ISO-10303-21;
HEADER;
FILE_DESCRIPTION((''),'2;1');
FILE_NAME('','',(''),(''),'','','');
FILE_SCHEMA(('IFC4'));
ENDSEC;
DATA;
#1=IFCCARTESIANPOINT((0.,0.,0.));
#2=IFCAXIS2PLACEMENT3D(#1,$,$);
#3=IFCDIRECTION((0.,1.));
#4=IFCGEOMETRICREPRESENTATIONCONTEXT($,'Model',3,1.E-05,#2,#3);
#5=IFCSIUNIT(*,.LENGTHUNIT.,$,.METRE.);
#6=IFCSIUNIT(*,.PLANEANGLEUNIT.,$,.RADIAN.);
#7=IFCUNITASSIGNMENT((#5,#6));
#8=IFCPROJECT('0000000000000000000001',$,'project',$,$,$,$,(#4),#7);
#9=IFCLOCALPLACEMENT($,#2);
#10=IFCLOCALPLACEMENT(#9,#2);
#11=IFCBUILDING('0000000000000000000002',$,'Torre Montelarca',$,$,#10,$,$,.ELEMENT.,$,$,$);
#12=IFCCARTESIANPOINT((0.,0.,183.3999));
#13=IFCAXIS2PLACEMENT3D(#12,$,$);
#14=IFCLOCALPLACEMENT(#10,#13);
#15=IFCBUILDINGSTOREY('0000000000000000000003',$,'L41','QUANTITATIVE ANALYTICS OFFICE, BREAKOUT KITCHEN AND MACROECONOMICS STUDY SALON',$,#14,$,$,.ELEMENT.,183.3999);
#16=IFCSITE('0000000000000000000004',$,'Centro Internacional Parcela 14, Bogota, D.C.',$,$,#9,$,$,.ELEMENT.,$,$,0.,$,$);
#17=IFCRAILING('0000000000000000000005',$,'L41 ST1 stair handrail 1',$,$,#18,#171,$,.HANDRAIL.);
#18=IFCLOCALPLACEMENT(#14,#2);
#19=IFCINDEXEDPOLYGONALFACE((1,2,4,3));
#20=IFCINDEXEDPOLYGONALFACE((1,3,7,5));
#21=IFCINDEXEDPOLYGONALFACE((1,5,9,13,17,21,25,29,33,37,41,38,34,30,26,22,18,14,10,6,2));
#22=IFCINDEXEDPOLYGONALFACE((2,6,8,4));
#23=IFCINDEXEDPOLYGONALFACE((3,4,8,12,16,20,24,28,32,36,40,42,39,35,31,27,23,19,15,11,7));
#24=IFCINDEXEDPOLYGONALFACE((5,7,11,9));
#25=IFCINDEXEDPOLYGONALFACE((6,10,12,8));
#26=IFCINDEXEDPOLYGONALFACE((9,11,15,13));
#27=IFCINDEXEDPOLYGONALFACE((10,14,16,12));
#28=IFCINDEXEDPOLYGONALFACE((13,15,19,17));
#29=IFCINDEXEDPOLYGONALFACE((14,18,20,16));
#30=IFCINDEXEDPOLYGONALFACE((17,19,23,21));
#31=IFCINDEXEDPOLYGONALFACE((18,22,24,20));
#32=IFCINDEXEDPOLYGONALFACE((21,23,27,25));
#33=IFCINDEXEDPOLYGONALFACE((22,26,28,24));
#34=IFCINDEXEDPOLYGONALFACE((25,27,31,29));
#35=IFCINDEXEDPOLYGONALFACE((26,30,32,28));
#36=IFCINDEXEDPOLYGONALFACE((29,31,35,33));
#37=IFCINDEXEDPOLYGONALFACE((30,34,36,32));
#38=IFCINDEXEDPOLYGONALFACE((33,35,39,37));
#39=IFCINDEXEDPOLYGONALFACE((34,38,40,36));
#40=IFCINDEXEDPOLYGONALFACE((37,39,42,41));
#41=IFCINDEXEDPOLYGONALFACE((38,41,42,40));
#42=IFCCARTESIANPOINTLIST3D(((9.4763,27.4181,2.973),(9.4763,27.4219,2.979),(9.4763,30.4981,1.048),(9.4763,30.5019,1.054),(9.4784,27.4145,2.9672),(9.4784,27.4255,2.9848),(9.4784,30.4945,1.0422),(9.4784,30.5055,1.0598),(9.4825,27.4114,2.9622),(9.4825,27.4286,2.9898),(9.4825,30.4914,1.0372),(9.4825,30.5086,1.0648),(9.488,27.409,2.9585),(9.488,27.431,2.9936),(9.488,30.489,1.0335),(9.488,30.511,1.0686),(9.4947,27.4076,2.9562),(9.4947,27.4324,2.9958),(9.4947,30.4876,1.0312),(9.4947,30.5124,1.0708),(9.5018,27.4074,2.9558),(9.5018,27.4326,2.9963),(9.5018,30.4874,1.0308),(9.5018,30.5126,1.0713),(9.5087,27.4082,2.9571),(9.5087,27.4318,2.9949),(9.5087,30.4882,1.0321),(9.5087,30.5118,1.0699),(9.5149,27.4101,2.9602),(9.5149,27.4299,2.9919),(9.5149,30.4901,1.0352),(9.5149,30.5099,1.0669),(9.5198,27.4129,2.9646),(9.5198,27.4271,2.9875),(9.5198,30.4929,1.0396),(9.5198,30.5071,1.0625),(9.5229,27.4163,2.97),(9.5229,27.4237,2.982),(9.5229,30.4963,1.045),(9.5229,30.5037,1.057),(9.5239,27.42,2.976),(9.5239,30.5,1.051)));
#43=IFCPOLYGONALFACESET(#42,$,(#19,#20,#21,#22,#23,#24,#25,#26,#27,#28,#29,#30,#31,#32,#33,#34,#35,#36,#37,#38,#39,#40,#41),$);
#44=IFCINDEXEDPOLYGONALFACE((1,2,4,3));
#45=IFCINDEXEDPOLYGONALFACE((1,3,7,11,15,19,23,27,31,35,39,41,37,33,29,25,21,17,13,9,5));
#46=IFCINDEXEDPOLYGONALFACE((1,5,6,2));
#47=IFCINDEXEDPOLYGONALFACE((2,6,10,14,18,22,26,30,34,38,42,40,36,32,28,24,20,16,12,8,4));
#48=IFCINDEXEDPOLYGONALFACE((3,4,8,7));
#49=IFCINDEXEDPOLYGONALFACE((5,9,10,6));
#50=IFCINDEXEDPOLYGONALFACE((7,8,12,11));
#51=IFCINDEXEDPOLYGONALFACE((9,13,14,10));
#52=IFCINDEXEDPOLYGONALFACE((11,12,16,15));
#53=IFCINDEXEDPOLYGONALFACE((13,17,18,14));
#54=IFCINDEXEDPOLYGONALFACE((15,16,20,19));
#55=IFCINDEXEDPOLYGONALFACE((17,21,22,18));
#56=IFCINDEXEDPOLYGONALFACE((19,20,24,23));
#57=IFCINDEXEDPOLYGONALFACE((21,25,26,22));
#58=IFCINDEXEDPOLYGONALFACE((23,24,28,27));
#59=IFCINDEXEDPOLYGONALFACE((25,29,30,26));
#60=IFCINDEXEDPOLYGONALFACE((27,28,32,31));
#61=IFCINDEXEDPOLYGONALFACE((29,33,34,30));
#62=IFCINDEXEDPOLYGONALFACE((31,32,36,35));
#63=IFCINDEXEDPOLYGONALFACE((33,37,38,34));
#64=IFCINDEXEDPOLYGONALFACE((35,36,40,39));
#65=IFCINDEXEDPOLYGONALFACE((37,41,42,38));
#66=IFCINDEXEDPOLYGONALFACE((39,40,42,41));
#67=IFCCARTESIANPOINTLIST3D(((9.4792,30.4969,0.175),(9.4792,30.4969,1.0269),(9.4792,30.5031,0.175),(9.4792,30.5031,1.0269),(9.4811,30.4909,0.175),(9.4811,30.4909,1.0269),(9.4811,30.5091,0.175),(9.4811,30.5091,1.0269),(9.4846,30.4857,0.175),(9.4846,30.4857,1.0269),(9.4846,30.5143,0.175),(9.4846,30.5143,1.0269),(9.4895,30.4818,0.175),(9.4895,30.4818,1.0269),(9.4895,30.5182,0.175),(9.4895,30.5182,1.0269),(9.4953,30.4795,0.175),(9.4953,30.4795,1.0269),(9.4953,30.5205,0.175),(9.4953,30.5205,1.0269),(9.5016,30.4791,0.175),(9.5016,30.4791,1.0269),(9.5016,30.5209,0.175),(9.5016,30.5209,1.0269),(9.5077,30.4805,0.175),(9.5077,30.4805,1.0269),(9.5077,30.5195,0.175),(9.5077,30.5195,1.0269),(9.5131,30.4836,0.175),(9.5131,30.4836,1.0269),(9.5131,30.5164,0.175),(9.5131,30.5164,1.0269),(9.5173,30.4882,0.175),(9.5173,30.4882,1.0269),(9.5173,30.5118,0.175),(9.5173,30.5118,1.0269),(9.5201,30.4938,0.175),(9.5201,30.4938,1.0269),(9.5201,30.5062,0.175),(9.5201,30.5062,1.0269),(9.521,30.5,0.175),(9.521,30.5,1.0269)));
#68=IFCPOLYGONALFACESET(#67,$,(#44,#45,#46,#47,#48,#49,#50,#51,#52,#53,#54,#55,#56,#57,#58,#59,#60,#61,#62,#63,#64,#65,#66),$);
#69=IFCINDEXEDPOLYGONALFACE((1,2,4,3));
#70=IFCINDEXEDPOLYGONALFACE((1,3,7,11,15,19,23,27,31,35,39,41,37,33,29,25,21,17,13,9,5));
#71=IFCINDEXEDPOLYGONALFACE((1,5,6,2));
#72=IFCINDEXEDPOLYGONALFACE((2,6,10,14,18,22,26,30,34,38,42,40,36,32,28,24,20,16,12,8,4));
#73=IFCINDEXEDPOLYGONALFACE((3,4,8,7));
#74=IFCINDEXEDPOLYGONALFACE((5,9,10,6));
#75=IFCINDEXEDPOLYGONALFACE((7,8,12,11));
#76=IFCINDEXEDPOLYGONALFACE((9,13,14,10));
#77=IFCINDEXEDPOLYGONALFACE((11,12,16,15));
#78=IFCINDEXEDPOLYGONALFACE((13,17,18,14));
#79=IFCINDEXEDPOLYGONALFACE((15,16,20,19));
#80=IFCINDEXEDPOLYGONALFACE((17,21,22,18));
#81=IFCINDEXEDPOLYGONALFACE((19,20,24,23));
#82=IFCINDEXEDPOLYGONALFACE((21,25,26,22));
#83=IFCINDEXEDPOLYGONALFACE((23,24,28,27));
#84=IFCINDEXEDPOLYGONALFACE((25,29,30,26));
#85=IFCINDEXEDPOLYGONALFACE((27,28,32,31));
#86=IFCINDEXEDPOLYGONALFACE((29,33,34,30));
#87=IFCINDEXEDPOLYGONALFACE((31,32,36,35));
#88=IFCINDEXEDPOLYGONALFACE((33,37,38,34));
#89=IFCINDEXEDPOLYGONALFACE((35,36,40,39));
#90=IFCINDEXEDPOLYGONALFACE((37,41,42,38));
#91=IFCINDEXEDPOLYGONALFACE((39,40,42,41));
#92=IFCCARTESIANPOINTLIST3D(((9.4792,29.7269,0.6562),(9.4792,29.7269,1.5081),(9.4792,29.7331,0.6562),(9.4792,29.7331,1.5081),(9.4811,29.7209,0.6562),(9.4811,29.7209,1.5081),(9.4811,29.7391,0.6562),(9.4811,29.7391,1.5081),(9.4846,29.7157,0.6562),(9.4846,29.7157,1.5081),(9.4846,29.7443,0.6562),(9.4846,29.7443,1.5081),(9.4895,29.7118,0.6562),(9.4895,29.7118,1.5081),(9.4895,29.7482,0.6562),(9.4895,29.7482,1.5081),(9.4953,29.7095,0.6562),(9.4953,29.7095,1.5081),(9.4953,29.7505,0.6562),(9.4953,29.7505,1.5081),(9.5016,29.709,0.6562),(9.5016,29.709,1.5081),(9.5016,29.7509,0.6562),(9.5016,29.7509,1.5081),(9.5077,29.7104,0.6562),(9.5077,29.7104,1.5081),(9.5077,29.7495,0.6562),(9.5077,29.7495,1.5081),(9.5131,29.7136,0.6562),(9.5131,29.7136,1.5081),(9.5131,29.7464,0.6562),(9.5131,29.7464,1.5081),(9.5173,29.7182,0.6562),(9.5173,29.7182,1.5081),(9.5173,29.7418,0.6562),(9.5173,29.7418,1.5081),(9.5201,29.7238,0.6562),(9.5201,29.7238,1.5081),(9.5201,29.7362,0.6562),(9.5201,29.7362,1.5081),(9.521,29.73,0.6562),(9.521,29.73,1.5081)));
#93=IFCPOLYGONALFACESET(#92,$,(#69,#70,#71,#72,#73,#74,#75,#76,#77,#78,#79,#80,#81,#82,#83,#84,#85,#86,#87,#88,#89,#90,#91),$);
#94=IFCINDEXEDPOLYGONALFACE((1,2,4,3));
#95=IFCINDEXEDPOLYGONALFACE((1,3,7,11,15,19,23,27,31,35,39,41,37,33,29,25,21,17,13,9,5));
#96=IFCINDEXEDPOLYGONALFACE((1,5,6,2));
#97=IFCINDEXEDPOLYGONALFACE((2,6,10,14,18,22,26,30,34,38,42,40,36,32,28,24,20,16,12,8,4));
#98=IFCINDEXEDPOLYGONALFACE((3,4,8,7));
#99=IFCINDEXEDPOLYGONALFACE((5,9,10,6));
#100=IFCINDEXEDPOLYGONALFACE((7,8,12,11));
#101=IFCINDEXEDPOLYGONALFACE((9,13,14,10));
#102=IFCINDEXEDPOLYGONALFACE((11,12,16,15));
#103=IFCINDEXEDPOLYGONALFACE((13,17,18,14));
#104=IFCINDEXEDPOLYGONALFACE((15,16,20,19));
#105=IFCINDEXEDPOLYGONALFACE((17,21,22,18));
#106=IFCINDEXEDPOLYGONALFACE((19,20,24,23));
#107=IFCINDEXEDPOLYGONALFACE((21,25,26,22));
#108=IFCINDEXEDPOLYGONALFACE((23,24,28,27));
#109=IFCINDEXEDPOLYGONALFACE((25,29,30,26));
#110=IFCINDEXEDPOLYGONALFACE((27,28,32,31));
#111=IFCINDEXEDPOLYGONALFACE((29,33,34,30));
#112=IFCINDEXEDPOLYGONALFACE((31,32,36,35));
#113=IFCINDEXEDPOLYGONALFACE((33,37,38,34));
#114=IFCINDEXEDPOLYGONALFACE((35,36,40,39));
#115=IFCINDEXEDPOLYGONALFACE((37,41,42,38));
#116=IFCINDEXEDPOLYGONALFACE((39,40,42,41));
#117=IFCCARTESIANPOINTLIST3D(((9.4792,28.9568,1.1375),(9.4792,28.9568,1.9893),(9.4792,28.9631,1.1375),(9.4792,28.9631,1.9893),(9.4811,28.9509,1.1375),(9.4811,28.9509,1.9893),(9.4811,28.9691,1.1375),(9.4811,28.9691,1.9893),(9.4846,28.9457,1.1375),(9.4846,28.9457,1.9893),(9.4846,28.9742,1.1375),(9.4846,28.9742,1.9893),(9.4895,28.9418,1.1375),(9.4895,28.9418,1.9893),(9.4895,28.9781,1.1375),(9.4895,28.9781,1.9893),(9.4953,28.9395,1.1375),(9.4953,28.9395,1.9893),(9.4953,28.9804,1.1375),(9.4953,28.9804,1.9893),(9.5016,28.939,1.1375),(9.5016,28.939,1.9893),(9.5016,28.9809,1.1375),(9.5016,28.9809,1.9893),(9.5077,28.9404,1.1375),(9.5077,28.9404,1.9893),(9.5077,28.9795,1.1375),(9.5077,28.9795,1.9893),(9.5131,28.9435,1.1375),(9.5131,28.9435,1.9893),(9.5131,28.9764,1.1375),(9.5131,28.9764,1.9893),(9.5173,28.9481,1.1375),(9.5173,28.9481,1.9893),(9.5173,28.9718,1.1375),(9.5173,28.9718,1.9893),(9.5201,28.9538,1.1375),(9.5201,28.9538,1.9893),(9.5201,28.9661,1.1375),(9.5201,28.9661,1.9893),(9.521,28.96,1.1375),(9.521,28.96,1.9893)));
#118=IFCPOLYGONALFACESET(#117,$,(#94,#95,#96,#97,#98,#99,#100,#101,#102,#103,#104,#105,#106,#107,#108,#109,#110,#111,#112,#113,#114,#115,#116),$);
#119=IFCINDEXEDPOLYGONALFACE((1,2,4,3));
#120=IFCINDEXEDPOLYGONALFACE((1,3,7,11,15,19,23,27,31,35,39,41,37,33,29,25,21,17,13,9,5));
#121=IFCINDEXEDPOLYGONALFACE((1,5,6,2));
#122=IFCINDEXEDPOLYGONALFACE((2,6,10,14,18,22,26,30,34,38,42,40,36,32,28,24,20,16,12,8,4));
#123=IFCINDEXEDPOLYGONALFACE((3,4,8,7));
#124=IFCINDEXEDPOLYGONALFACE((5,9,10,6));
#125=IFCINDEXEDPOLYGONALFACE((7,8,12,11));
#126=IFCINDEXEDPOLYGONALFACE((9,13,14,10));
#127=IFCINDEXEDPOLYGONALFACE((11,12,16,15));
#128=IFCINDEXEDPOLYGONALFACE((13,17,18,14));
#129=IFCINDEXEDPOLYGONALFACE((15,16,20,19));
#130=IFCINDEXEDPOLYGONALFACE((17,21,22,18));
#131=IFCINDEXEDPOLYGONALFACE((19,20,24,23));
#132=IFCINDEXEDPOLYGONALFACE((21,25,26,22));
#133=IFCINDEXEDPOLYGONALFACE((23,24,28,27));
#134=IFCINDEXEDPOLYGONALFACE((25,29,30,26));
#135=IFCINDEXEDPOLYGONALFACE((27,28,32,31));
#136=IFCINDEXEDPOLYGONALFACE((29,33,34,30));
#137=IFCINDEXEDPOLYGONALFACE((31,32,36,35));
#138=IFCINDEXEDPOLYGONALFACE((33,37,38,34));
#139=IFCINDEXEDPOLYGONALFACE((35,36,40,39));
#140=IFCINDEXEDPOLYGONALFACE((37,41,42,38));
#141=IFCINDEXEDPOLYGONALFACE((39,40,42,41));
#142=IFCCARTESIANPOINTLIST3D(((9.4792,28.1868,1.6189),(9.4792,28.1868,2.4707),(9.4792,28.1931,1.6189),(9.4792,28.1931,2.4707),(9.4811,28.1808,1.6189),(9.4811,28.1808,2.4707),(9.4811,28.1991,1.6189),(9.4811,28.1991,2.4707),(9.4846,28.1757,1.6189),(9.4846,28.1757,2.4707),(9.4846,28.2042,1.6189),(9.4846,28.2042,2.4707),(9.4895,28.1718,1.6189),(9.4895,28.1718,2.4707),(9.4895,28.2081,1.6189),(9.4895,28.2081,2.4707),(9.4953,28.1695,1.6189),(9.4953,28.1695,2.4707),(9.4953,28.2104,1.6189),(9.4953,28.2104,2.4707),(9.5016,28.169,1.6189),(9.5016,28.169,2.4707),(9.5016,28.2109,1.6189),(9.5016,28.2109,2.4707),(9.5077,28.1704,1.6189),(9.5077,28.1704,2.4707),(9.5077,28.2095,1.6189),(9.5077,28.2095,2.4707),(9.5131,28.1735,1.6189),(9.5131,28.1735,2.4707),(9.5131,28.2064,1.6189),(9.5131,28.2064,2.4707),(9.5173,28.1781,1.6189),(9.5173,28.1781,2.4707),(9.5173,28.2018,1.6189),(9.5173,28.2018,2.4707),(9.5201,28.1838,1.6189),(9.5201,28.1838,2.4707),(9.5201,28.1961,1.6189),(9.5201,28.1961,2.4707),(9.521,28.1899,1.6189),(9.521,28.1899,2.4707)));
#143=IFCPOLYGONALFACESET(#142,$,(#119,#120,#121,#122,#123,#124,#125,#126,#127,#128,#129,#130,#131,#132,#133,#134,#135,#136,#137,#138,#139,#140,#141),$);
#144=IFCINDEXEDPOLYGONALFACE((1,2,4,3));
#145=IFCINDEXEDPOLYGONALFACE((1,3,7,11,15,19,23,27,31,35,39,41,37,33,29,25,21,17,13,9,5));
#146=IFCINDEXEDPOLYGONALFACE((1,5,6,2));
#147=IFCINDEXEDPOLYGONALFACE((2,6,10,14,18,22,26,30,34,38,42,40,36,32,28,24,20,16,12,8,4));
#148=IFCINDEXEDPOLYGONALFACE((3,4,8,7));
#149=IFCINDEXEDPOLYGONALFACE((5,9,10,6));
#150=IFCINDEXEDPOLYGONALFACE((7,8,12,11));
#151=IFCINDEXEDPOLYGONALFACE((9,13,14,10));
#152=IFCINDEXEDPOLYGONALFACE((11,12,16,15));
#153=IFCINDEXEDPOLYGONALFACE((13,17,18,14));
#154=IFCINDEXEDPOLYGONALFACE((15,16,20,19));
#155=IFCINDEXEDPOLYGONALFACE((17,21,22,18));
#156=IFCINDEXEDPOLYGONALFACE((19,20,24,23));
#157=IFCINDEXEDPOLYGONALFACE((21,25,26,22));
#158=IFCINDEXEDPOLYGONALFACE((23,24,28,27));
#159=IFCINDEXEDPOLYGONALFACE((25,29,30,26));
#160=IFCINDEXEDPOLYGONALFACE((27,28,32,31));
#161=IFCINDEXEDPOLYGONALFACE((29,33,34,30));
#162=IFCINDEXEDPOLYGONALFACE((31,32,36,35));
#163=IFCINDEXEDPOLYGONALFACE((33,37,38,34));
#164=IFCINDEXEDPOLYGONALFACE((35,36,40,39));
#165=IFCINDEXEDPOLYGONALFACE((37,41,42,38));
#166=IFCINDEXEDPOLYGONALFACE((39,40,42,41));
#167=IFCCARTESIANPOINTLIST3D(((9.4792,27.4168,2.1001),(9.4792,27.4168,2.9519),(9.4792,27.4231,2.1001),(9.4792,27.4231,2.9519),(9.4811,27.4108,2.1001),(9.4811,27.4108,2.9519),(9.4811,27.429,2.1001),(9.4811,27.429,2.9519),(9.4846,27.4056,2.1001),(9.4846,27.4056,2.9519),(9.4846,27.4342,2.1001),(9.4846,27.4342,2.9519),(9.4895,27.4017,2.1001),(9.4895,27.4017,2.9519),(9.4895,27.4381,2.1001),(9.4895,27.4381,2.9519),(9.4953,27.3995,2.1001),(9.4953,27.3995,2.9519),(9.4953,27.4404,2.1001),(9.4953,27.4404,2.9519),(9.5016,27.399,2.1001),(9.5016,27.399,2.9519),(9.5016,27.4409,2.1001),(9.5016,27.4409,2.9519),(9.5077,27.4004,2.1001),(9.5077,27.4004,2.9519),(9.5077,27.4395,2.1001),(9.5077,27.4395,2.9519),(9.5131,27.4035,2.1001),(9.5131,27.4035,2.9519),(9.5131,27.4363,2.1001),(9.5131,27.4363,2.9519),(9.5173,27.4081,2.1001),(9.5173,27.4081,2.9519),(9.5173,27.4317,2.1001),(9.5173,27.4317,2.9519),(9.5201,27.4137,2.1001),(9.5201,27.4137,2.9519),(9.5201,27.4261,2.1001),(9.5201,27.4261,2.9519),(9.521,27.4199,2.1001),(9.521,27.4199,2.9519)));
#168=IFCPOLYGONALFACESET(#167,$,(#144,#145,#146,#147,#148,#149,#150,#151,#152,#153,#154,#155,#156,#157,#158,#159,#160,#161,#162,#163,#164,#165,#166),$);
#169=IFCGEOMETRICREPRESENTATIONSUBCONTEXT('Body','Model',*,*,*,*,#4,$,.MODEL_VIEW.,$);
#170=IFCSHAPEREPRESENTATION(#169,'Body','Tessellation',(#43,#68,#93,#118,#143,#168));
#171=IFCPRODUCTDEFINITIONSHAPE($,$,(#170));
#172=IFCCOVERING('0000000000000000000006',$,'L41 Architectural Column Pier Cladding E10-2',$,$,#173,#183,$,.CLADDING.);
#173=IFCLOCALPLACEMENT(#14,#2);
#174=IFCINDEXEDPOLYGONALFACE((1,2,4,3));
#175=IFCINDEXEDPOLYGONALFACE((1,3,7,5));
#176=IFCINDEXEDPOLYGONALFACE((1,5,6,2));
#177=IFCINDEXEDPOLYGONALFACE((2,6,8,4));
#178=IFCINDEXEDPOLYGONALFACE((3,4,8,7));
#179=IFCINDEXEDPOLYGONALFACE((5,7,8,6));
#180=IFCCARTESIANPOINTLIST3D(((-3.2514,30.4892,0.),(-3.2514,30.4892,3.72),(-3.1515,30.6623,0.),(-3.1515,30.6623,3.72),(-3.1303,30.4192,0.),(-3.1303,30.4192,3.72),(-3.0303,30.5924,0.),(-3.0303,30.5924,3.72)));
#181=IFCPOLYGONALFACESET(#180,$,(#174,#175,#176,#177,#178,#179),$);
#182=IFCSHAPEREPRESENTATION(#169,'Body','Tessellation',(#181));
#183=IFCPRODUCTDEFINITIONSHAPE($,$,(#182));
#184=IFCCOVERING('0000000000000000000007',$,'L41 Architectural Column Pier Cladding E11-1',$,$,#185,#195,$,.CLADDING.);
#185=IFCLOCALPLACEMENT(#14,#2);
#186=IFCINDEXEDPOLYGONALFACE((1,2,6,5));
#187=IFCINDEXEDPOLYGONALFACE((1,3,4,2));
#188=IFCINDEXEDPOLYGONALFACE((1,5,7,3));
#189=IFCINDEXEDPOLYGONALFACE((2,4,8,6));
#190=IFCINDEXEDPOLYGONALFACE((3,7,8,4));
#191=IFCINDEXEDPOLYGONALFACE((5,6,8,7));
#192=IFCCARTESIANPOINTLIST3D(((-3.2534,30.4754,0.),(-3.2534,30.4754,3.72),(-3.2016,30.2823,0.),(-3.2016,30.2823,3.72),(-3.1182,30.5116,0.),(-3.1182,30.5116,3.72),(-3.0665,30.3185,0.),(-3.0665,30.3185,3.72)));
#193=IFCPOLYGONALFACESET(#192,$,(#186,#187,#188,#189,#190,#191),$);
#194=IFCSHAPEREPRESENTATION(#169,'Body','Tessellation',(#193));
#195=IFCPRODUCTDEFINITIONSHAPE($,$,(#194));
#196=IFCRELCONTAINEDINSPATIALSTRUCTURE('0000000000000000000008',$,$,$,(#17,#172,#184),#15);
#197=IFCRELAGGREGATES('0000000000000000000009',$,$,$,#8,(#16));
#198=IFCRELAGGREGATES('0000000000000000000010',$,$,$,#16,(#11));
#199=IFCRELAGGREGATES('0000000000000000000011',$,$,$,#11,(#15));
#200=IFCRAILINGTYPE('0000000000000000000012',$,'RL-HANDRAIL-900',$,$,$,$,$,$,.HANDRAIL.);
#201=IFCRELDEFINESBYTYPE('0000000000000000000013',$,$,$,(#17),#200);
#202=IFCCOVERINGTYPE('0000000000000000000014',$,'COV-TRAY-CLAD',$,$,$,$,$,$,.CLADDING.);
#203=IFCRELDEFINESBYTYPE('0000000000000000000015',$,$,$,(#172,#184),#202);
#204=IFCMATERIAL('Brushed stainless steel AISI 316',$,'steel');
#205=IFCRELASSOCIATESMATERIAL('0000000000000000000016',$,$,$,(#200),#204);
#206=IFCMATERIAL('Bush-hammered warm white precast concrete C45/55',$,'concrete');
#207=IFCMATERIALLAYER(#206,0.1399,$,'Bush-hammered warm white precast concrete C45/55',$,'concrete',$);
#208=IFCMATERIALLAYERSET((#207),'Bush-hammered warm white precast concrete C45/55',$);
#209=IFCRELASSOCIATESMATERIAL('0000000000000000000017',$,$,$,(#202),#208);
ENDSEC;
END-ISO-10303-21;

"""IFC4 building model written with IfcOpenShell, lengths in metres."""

from ifc_helpers import new_model, si_unit, direction, frame, origin, origin_2d, place, context, subcontext, project, spatial, rectangle, circle, extrude, source, transform, mapped, material, layer, layer_set, type_object, element, save


model = new_model("IFC4")

# Units and contexts
model_context = context("Model", 3, precision=1e-05, world=origin(), true_north=direction((0.0, 1.0)))
body_context = subcontext(model_context, "Body", "Model", "MODEL_VIEW")
ifc_project = project(units=[si_unit("LENGTHUNIT", "METRE"), si_unit("PLANEANGLEUNIT", "RADIAN")], contexts=[model_context])

# Site, building, storey
site_placement = place(None, origin())
site = spatial("IfcSite", under=ifc_project, at=site_placement, Name="Centro Internacional Parcela 14, Bogota, D.C.", CompositionType="ELEMENT", RefElevation=0.0)
building_placement = place(site_placement, origin())
building = spatial("IfcBuilding", under=site, at=building_placement, Name="Torre Montelarca", CompositionType="ELEMENT")
storey_placement = place(building_placement, frame((0.0, 0.0, 183.3999)))
storey = spatial("IfcBuildingStorey", under=building, at=storey_placement, Name="L41", Description="QUANTITATIVE ANALYTICS OFFICE, BREAKOUT KITCHEN AND MACROECONOMICS STUDY SALON", CompositionType="ELEMENT", Elevation=183.3999)

# Shared definitions
ifc_material_1 = material(Name="Brushed stainless steel AISI 316", Category="steel")

# Railing
railing_type = type_object("IfcRailingType", Name="RL-HANDRAIL-900", PredefinedType="HANDRAIL", material=ifc_material_1)
railing_placement = place(storey_placement, frame((9.5, 30.5, 0.175)))
element("IfcRailing", 1, at=railing_placement, inside=storey, type_object=railing_type, Name="L41 ST1 stair handrail 1", PredefinedType="HANDRAIL", context=body_context, shape_type="SweptSolid", body=[
    extrude(circle(Radius=0.0239, at=origin_2d()), frame((0.0, 0.0, 0.876), z_axis=(0.0, -0.847998, 0.529999), x_axis=(1.0, 0.0, 0.0)), (0.0, 0.0, 1.0), 3.6321),
    extrude(circle(Radius=0.021, at=origin_2d()), origin(), (0.0, 0.0, 1.0), 0.8518),
    extrude(circle(Radius=0.021, at=origin_2d()), frame((0.0, -0.77, 0.4812)), (0.0, 0.0, 1.0), 0.8518),
    extrude(circle(Radius=0.021, at=origin_2d()), frame((0.0, -1.54, 0.9624)), (0.0, 0.0, 1.0), 0.8518),
    extrude(circle(Radius=0.021, at=origin_2d()), frame((0.0, -2.3101, 1.4438)), (0.0, 0.0, 1.0), 0.8518),
    extrude(circle(Radius=0.021, at=origin_2d()), frame((0.0, -3.0801, 1.925)), (0.0, 0.0, 1.0), 0.8518),
])

# Coverings
ifc_material_2 = material(Name="Bush-hammered warm white precast concrete C45/55", Category="concrete")
ifc_layer_1 = layer(ifc_material_2, 0.1399, Name="Bush-hammered warm white precast concrete C45/55", Category="concrete")
ifc_layer_set_1 = layer_set([ifc_layer_1], Name="Bush-hammered warm white precast concrete C45/55")
covering_type = type_object("IfcCoveringType", Name="COV-TRAY-CLAD", PredefinedType="CLADDING", material=ifc_layer_set_1)
shared_shape_1 = source(origin(), body_context, "Body", "SweptSolid", [
    extrude(rectangle(XDim=0.2, YDim=0.1399, at=origin_2d()), origin(), (0.0, 0.0, 1.0), 3.72),
])
for number, where, z_axis, x_axis, name in (
    (2, (-3.1409, 30.5408, 0.0), (0.0, 0.0, 1.0), (-0.500002, -0.866025, 0.0), "L41 Architectural Column Pier Cladding E10-2"),
    (3, (-3.1599, 30.397, 0.0), (0.0, 0.0, 1.0), (0.258816, -0.965927, 0.0), "L41 Architectural Column Pier Cladding E11-1"),
):
    element("IfcCovering", number, at=place(storey_placement, frame(where, z_axis=z_axis, x_axis=x_axis)), inside=storey, type_object=covering_type, Name=name, PredefinedType="CLADDING", context=body_context, shape_type="MappedRepresentation", body=[
        mapped(shared_shape_1, transform((0.0, 0.0, 0.0), scale=1.0)),
    ])

save(model, "model.ifc")
